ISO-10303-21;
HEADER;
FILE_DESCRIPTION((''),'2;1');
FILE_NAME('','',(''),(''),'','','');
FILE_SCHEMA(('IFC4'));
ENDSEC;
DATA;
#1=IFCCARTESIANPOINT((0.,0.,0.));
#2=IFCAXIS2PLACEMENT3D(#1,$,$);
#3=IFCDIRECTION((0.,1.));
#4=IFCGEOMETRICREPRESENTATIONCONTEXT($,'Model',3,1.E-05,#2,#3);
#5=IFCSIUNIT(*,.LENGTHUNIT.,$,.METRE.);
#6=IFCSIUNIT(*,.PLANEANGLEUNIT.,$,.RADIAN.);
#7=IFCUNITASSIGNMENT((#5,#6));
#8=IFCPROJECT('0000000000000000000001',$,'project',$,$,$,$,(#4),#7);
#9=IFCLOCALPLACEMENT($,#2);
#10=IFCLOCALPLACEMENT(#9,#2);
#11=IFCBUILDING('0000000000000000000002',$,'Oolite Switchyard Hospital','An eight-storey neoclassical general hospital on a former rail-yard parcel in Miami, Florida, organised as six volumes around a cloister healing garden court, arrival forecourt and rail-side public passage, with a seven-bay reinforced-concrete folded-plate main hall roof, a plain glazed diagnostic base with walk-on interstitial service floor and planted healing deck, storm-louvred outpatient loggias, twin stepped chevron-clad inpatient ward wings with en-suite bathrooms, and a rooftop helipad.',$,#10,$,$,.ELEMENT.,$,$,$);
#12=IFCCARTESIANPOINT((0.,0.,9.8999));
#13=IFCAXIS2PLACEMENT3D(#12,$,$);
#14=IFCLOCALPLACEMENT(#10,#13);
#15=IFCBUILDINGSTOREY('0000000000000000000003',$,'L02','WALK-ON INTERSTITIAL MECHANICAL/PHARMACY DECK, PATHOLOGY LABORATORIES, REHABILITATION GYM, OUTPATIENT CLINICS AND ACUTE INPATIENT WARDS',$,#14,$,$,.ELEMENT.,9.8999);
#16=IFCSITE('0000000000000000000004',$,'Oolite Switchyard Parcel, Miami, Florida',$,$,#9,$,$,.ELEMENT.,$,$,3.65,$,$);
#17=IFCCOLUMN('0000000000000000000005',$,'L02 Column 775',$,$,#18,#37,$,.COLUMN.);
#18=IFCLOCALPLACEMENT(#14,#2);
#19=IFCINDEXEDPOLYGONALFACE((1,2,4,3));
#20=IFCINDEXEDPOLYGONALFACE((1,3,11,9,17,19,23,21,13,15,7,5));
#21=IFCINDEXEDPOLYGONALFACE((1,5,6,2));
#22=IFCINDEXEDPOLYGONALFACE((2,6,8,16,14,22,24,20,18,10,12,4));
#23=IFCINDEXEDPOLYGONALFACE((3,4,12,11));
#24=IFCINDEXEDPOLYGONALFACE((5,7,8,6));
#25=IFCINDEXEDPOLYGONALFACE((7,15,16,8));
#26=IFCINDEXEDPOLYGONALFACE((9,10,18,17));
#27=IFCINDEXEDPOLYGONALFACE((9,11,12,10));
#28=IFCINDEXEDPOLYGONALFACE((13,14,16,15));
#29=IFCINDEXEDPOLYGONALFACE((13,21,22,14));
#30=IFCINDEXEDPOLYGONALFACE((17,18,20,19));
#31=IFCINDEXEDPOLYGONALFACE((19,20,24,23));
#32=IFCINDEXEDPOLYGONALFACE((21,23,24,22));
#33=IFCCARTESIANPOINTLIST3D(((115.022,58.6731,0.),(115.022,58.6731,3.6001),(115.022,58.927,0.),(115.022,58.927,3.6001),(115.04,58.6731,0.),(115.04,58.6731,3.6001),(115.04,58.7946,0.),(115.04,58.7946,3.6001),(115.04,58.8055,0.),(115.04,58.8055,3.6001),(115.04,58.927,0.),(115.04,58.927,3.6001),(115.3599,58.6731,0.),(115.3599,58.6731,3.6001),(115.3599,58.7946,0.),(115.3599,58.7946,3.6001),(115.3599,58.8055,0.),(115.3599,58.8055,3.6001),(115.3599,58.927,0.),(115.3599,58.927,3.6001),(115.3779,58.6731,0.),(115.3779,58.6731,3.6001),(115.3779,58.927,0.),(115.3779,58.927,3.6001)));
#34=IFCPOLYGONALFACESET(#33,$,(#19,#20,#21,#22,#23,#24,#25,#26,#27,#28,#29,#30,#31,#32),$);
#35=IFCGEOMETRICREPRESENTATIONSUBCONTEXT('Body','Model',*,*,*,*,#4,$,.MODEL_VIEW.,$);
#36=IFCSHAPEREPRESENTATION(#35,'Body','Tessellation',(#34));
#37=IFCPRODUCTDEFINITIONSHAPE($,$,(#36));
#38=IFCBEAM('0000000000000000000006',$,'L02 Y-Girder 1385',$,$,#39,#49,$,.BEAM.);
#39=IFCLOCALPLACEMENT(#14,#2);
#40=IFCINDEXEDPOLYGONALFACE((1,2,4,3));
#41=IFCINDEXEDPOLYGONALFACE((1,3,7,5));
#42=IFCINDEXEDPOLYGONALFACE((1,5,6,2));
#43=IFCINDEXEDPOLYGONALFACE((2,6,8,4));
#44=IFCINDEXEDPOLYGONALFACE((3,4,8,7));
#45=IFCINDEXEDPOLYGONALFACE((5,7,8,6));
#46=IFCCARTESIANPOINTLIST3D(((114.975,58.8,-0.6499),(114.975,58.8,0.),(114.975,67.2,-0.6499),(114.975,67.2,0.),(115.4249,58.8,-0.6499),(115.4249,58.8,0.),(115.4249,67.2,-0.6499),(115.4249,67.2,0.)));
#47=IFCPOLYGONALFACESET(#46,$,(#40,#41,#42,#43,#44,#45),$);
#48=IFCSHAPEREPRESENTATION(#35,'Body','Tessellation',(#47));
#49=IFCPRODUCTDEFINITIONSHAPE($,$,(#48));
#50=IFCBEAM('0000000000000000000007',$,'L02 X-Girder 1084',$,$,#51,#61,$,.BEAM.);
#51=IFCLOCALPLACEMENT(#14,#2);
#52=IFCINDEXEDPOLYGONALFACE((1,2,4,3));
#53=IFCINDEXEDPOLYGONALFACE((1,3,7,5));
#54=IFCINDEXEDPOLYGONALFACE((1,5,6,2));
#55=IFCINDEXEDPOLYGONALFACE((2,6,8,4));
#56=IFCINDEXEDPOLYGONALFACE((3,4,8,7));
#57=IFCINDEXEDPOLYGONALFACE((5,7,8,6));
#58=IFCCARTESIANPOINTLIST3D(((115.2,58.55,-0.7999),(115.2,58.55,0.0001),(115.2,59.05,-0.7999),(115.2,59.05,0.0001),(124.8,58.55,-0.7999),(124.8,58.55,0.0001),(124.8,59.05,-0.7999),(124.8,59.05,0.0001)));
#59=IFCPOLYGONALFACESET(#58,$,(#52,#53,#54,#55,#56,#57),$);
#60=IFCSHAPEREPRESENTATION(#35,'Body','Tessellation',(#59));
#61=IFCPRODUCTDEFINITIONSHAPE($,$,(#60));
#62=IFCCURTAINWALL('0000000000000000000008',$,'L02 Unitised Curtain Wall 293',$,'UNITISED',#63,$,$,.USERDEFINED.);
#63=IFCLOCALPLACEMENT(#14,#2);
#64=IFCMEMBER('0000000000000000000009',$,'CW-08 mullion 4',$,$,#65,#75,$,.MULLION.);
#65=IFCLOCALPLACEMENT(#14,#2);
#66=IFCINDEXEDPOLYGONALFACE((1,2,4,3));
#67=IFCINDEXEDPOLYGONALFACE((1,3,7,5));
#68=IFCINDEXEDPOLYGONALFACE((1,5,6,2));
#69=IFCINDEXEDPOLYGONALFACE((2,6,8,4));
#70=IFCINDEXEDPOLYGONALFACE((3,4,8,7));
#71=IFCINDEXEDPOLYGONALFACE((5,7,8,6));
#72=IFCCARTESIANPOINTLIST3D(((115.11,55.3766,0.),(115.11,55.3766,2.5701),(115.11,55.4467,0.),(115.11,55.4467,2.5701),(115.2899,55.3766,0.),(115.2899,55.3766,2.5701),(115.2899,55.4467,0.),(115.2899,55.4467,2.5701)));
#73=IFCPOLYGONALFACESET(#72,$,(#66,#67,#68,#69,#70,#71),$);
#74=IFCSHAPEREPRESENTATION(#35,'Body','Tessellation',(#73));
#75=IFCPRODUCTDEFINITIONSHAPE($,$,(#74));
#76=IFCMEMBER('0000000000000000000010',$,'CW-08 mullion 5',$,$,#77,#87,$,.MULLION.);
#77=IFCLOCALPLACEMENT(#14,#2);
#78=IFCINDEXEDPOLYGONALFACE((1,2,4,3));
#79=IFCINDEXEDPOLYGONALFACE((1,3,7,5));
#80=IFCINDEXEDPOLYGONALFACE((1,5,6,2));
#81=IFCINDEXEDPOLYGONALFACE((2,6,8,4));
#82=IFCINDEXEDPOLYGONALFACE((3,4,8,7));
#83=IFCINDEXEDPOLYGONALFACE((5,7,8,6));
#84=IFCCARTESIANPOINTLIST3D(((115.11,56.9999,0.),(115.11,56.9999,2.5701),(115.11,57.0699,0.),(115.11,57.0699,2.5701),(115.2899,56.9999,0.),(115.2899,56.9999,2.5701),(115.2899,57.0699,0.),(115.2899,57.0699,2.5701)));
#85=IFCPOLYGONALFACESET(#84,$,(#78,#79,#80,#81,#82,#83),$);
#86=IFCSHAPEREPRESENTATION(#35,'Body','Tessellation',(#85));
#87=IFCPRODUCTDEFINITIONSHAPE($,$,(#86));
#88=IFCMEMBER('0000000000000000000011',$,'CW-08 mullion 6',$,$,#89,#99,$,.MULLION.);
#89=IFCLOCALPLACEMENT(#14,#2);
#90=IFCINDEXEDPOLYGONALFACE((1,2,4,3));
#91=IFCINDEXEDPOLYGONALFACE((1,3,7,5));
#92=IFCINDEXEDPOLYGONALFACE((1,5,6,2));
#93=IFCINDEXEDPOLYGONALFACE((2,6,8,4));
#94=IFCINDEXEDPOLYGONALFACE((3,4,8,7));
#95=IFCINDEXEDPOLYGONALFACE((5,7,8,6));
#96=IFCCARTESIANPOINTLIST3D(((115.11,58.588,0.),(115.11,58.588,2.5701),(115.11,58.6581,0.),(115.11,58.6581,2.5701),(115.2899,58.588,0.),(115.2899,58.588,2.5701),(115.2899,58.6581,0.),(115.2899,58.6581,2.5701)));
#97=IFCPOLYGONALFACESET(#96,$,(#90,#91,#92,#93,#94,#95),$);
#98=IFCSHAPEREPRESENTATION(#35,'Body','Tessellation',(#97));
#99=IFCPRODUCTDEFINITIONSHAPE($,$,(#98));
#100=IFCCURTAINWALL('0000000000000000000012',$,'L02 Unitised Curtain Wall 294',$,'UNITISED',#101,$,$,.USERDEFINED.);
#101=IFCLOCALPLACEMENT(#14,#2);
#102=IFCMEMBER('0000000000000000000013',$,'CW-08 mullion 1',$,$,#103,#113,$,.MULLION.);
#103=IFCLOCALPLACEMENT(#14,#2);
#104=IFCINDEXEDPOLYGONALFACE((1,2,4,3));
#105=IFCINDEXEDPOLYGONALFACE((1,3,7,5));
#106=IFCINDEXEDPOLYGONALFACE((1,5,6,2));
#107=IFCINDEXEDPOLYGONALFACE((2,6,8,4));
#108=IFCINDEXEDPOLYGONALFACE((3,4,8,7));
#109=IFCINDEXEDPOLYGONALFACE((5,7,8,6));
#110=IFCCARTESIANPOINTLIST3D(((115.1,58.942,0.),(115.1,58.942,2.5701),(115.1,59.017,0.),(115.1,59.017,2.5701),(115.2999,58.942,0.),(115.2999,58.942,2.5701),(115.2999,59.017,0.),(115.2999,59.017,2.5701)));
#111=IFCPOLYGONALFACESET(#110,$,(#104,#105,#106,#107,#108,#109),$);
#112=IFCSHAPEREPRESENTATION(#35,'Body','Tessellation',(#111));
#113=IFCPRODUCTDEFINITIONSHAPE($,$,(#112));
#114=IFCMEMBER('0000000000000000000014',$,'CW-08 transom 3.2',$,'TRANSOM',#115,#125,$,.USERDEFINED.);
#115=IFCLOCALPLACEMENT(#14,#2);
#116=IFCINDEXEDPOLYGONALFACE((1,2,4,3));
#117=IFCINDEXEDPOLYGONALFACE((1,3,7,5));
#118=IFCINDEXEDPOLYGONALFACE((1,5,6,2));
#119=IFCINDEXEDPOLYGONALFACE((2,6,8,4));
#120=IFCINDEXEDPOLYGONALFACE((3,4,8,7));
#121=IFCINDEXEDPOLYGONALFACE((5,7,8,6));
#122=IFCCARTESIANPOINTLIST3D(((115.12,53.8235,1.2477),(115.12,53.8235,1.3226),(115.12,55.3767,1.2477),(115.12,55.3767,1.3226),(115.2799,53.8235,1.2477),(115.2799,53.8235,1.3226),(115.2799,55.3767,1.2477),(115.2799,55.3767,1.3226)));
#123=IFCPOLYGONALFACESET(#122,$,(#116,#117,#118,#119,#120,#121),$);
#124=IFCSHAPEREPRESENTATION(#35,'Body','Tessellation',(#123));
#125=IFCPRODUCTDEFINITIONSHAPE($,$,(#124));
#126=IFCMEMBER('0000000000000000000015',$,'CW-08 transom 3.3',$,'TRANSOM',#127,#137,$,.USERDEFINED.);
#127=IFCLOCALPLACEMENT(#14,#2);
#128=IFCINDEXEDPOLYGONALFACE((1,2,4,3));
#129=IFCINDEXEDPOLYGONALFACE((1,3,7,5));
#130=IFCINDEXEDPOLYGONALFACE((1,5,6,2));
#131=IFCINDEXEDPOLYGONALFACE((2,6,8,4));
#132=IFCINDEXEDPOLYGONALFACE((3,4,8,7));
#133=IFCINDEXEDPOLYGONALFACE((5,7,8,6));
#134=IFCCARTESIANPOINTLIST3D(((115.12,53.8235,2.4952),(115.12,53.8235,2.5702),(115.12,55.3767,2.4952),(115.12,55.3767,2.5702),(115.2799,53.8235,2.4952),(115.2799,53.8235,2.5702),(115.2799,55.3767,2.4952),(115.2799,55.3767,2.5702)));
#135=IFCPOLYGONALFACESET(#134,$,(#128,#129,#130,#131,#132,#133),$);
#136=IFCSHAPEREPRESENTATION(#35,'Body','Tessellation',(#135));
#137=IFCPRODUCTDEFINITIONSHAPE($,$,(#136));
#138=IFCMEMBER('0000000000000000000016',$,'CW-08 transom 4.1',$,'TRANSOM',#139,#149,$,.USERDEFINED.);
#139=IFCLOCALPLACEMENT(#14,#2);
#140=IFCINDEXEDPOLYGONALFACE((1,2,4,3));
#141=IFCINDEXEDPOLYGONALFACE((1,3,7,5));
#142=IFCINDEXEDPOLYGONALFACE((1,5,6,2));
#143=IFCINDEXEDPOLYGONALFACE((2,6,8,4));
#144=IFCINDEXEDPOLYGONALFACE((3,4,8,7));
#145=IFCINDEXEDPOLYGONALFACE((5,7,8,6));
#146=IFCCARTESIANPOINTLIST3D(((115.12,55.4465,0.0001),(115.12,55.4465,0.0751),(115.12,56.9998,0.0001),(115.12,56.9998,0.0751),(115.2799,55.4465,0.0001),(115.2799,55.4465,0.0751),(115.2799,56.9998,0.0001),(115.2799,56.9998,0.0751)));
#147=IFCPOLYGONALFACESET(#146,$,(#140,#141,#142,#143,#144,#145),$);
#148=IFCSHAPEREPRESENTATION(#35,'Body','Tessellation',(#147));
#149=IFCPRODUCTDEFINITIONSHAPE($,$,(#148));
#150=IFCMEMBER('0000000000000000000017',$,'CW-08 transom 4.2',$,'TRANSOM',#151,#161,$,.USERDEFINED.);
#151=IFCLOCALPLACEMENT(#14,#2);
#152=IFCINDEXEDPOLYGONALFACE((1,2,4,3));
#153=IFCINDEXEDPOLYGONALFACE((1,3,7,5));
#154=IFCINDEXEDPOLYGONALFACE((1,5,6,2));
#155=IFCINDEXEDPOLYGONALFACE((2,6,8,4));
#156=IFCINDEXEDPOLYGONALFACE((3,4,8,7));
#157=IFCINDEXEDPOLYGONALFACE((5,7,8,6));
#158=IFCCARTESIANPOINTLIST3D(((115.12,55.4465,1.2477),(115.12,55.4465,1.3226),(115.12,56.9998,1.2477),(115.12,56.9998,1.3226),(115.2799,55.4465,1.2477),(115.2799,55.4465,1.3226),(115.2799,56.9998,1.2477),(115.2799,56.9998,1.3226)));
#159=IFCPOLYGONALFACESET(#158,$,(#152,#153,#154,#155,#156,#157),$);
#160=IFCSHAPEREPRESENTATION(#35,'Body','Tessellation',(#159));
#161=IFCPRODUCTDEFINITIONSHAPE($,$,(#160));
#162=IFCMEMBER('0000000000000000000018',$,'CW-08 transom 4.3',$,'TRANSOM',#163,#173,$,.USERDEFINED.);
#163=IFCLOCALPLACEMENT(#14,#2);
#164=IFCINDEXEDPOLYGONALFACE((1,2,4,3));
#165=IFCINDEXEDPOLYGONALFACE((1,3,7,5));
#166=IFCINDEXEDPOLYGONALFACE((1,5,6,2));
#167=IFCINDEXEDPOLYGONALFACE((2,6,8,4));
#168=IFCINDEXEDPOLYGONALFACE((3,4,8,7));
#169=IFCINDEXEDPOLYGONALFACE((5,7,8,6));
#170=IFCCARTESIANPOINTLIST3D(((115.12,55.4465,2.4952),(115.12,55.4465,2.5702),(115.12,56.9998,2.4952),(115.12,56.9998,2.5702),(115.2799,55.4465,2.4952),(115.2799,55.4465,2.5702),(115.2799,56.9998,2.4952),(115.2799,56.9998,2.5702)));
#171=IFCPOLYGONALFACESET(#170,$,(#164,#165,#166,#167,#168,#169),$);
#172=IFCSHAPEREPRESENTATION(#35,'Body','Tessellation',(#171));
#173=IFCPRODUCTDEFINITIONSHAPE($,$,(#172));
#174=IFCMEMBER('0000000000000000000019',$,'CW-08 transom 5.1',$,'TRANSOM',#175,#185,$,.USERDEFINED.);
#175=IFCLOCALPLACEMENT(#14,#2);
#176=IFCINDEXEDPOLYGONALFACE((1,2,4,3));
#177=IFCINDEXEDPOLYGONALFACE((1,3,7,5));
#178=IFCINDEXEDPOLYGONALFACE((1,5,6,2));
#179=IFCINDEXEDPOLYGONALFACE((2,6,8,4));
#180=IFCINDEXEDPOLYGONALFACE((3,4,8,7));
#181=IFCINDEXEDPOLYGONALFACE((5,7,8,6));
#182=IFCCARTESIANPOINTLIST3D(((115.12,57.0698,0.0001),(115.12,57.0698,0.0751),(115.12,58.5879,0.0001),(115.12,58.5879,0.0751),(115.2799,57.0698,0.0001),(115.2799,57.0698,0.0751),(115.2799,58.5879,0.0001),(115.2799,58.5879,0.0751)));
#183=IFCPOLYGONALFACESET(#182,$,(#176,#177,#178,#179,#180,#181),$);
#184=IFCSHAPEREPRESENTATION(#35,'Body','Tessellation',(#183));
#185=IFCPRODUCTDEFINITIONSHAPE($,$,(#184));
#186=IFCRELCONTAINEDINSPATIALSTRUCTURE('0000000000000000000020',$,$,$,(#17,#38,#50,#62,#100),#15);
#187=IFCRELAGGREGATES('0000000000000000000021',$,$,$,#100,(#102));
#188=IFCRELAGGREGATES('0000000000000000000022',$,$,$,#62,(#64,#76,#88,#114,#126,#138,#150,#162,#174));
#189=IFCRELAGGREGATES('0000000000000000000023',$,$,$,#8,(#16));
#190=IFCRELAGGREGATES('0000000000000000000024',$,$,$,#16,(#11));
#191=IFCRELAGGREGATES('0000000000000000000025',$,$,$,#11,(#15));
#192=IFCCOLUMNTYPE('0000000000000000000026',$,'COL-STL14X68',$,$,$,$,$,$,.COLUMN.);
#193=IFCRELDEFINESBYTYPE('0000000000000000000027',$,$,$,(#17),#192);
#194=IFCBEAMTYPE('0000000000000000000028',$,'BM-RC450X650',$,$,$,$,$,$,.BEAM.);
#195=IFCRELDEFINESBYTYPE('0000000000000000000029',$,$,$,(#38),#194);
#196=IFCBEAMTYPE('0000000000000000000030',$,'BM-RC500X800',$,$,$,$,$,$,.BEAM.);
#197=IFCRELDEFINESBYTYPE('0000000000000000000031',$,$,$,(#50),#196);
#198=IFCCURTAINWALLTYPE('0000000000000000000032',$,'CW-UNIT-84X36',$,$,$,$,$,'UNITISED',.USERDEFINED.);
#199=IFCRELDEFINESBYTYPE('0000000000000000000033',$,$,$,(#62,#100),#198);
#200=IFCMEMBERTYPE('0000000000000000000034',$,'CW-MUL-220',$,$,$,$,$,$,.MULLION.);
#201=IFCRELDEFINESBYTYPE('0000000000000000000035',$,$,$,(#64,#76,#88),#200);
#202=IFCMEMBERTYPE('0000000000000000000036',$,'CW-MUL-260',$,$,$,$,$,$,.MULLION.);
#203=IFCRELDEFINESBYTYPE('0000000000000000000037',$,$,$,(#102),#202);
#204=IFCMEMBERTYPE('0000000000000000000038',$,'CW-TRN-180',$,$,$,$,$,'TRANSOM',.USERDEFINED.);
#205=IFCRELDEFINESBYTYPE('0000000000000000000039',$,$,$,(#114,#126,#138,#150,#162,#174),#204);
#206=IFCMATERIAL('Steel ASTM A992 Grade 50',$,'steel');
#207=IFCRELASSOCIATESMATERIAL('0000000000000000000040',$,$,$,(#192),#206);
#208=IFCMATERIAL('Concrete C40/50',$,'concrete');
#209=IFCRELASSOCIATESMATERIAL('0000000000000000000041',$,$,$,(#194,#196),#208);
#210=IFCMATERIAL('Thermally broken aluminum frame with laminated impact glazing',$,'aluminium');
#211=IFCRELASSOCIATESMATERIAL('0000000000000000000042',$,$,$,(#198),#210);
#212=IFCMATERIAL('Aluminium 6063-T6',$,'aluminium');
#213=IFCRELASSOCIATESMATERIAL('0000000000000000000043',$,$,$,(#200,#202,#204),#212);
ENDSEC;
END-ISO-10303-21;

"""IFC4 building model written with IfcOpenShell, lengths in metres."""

from ifc_helpers import new_model, si_unit, direction, frame, origin, origin_2d, place, context, subcontext, project, spatial, rectangle, i_section, extrude, material, material_profile, profile_set, type_object, element, aggregate, save


model = new_model("IFC4")

# Units and contexts
model_context = context("Model", 3, precision=1e-05, world=origin(), true_north=direction((0.0, 1.0)))
body_context = subcontext(model_context, "Body", "Model", "MODEL_VIEW")
ifc_project = project(units=[si_unit("LENGTHUNIT", "METRE"), si_unit("PLANEANGLEUNIT", "RADIAN")], contexts=[model_context])

# Site, building, storey
site_placement = place(None, origin())
site = spatial("IfcSite", under=ifc_project, at=site_placement, Name="Oolite Switchyard Parcel, Miami, Florida", CompositionType="ELEMENT", RefElevation=3.65)
building_placement = place(site_placement, origin())
building = spatial("IfcBuilding", under=site, at=building_placement, Name="Oolite Switchyard Hospital", Description="An eight-storey neoclassical general hospital on a former rail-yard parcel in Miami, Florida, organised as six volumes around a cloister healing garden court, arrival forecourt and rail-side public passage, with a seven-bay reinforced-concrete folded-plate main hall roof, a plain glazed diagnostic base with walk-on interstitial service floor and planted healing deck, storm-louvred outpatient loggias, twin stepped chevron-clad inpatient ward wings with en-suite bathrooms, and a rooftop helipad.", CompositionType="ELEMENT")
storey_placement = place(building_placement, frame((0.0, 0.0, 9.8999)))
storey = spatial("IfcBuildingStorey", under=building, at=storey_placement, Name="L02", Description="WALK-ON INTERSTITIAL MECHANICAL/PHARMACY DECK, PATHOLOGY LABORATORIES, REHABILITATION GYM, OUTPATIENT CLINICS AND ACUTE INPATIENT WARDS", CompositionType="ELEMENT", Elevation=9.8999)

# Column
ifc_material_1 = material(Name="Steel ASTM A992 Grade 50", Category="steel")
ifc_material_profile_1 = material_profile(ifc_material_1, i_section(OverallWidth=0.2539, OverallDepth=0.356, WebThickness=0.011, FlangeThickness=0.0181, at=origin_2d()), Name="W14X68")
ifc_profile_set_1 = profile_set([ifc_material_profile_1], Name="Steel ASTM A992 Grade 50")
column_type = type_object("IfcColumnType", Name="COL-STL14X68", PredefinedType="COLUMN", material=ifc_profile_set_1)
column_placement = place(storey_placement, frame((115.2, 58.8, 0.0), z_axis=(0.0, 0.0, 1.0), x_axis=(0.0, -1.0, 0.0)))
element("IfcColumn", 1, at=column_placement, inside=storey, type_object=column_type, Name="L02 Column 775", PredefinedType="COLUMN", context=body_context, shape_type="SweptSolid", body=[
    extrude(i_section(OverallWidth=0.2539, OverallDepth=0.356, WebThickness=0.011, FlangeThickness=0.0181, at=origin_2d()), origin(), (0.0, 0.0, 1.0), 3.6001),
])

# Beams
ifc_material_2 = material(Name="Concrete C40/50", Category="concrete")
ifc_material_profile_2 = material_profile(ifc_material_2, rectangle(XDim=0.45, YDim=0.6499, at=origin_2d()), Name="RCB450X650")
ifc_profile_set_2 = profile_set([ifc_material_profile_2], Name="Concrete C40/50")
beam_type_1 = type_object("IfcBeamType", Name="BM-RC450X650", PredefinedType="BEAM", material=ifc_profile_set_2)
beam_1_placement = place(storey_placement, frame((115.2, 58.8, -0.325), z_axis=(0.0, 1.0, 0.0), x_axis=(-1.0, 0.0, 0.0)))
element("IfcBeam", 2, at=beam_1_placement, inside=storey, type_object=beam_type_1, Name="L02 Y-Girder 1385", PredefinedType="BEAM", context=body_context, shape_type="SweptSolid", body=[
    extrude(rectangle(XDim=0.45, YDim=0.6499, at=origin_2d()), origin(), (0.0, 0.0, 1.0), 8.3999),
])
ifc_material_profile_3 = material_profile(ifc_material_2, rectangle(XDim=0.5, YDim=0.8, at=origin_2d()), Name="RCB500X800")
ifc_profile_set_3 = profile_set([ifc_material_profile_3], Name="Concrete C40/50")
beam_type_2 = type_object("IfcBeamType", Name="BM-RC500X800", PredefinedType="BEAM", material=ifc_profile_set_3)
beam_2_placement = place(storey_placement, frame((115.2, 58.8, -0.3999), z_axis=(1.0, 0.0, 0.0), x_axis=(0.0, 1.0, 0.0)))
element("IfcBeam", 3, at=beam_2_placement, inside=storey, type_object=beam_type_2, Name="L02 X-Girder 1084", PredefinedType="BEAM", context=body_context, shape_type="SweptSolid", body=[
    extrude(rectangle(XDim=0.5, YDim=0.8, at=origin_2d()), origin(), (0.0, 0.0, 1.0), 9.6001),
])

# Curtain wall, members
ifc_material_3 = material(Name="Thermally broken aluminum frame with laminated impact glazing", Category="aluminium")
curtain_wall_type = type_object("IfcCurtainWallType", Name="CW-UNIT-84X36", ElementType="UNITISED", PredefinedType="USERDEFINED", material=ifc_material_3)
curtain_wall_1_placement = place(storey_placement, origin())
curtain_wall_1 = element("IfcCurtainWall", 4, at=curtain_wall_1_placement, inside=storey, type_object=curtain_wall_type, Name="L02 Unitised Curtain Wall 293", ObjectType="UNITISED", PredefinedType="USERDEFINED")
ifc_material_4 = material(Name="Aluminium 6063-T6", Category="aluminium")
ifc_material_profile_4 = material_profile(ifc_material_4, rectangle(XDim=0.1799, YDim=0.0701, at=origin_2d()), Name="CWM70X180")
ifc_profile_set_4 = profile_set([ifc_material_profile_4], Name="Aluminium 6063-T6")
member_type_1 = type_object("IfcMemberType", Name="CW-MUL-220", PredefinedType="MULLION", material=ifc_profile_set_4)
member_1_placement = place(storey_placement, frame((115.2, 55.4116, 0.0), z_axis=(0.0, 0.0, 1.0), x_axis=(-1.0, 0.0, 0.0)))
member_1 = element("IfcMember", 5, at=member_1_placement, type_object=member_type_1, Name="CW-08 mullion 4", PredefinedType="MULLION", context=body_context, shape_type="SweptSolid", body=[
    extrude(rectangle(XDim=0.1799, YDim=0.0701, at=origin_2d()), origin(), (0.0, 0.0, 1.0), 2.5701),
])
member_2_placement = place(storey_placement, frame((115.2, 57.0349, 0.0), z_axis=(0.0, 0.0, 1.0), x_axis=(-1.0, 0.0, 0.0)))
member_2 = element("IfcMember", 6, at=member_2_placement, type_object=member_type_1, Name="CW-08 mullion 5", PredefinedType="MULLION", context=body_context, shape_type="SweptSolid", body=[
    extrude(rectangle(XDim=0.1799, YDim=0.0701, at=origin_2d()), origin(), (0.0, 0.0, 1.0), 2.5701),
])
member_3_placement = place(storey_placement, frame((115.2, 58.623, 0.0), z_axis=(0.0, 0.0, 1.0), x_axis=(-1.0, 0.0, 0.0)))
member_3 = element("IfcMember", 7, at=member_3_placement, type_object=member_type_1, Name="CW-08 mullion 6", PredefinedType="MULLION", context=body_context, shape_type="SweptSolid", body=[
    extrude(rectangle(XDim=0.1799, YDim=0.0701, at=origin_2d()), origin(), (0.0, 0.0, 1.0), 2.5701),
])

# Curtain wall, member
curtain_wall_2_placement = place(storey_placement, origin())
curtain_wall_2 = element("IfcCurtainWall", 8, at=curtain_wall_2_placement, inside=storey, type_object=curtain_wall_type, Name="L02 Unitised Curtain Wall 294", ObjectType="UNITISED", PredefinedType="USERDEFINED")
ifc_material_profile_5 = material_profile(ifc_material_4, rectangle(XDim=0.2, YDim=0.075, at=origin_2d()), Name="CWM75X200")
ifc_profile_set_5 = profile_set([ifc_material_profile_5], Name="Aluminium 6063-T6")
member_type_2 = type_object("IfcMemberType", Name="CW-MUL-260", PredefinedType="MULLION", material=ifc_profile_set_5)
member_4_placement = place(storey_placement, frame((115.2, 58.9795, 0.0), z_axis=(0.0, 0.0, 1.0), x_axis=(-1.0, 0.0, 0.0)))
member_4 = element("IfcMember", 9, at=member_4_placement, type_object=member_type_2, Name="CW-08 mullion 1", PredefinedType="MULLION", context=body_context, shape_type="SweptSolid", body=[
    extrude(rectangle(XDim=0.2, YDim=0.075, at=origin_2d()), origin(), (0.0, 0.0, 1.0), 2.5701),
])
aggregate(curtain_wall_2, [member_4])

# Members
ifc_material_profile_6 = material_profile(ifc_material_4, rectangle(XDim=0.1599, YDim=0.075, at=origin_2d()), Name="CWT75X160")
ifc_profile_set_6 = profile_set([ifc_material_profile_6], Name="Aluminium 6063-T6")
member_type_3 = type_object("IfcMemberType", Name="CW-TRN-180", ElementType="TRANSOM", PredefinedType="USERDEFINED", material=ifc_profile_set_6)
member_5_placement = place(storey_placement, frame((115.2, 53.8235, 1.2852), z_axis=(0.0, 1.0, 0.0), x_axis=(-1.0, 0.0, 0.0)))
member_5 = element("IfcMember", 10, at=member_5_placement, type_object=member_type_3, Name="CW-08 transom 3.2", ObjectType="TRANSOM", PredefinedType="USERDEFINED", context=body_context, shape_type="SweptSolid", body=[
    extrude(rectangle(XDim=0.1599, YDim=0.075, at=origin_2d()), origin(), (0.0, 0.0, 1.0), 1.5532),
])
member_6_placement = place(storey_placement, frame((115.2, 53.8235, 2.5327), z_axis=(0.0, 1.0, 0.0), x_axis=(-1.0, 0.0, 0.0)))
member_6 = element("IfcMember", 11, at=member_6_placement, type_object=member_type_3, Name="CW-08 transom 3.3", ObjectType="TRANSOM", PredefinedType="USERDEFINED", context=body_context, shape_type="SweptSolid", body=[
    extrude(rectangle(XDim=0.1599, YDim=0.075, at=origin_2d()), origin(), (0.0, 0.0, 1.0), 1.5532),
])
member_7_placement = place(storey_placement, frame((115.2, 55.4465, 0.0376), z_axis=(0.0, 1.0, 0.0), x_axis=(-1.0, 0.0, 0.0)))
member_7 = element("IfcMember", 12, at=member_7_placement, type_object=member_type_3, Name="CW-08 transom 4.1", ObjectType="TRANSOM", PredefinedType="USERDEFINED", context=body_context, shape_type="SweptSolid", body=[
    extrude(rectangle(XDim=0.1599, YDim=0.075, at=origin_2d()), origin(), (0.0, 0.0, 1.0), 1.5532),
])
member_8_placement = place(storey_placement, frame((115.2, 55.4465, 1.2852), z_axis=(0.0, 1.0, 0.0), x_axis=(-1.0, 0.0, 0.0)))
member_8 = element("IfcMember", 13, at=member_8_placement, type_object=member_type_3, Name="CW-08 transom 4.2", ObjectType="TRANSOM", PredefinedType="USERDEFINED", context=body_context, shape_type="SweptSolid", body=[
    extrude(rectangle(XDim=0.1599, YDim=0.075, at=origin_2d()), origin(), (0.0, 0.0, 1.0), 1.5532),
])
member_9_placement = place(storey_placement, frame((115.2, 55.4465, 2.5327), z_axis=(0.0, 1.0, 0.0), x_axis=(-1.0, 0.0, 0.0)))
member_9 = element("IfcMember", 14, at=member_9_placement, type_object=member_type_3, Name="CW-08 transom 4.3", ObjectType="TRANSOM", PredefinedType="USERDEFINED", context=body_context, shape_type="SweptSolid", body=[
    extrude(rectangle(XDim=0.1599, YDim=0.075, at=origin_2d()), origin(), (0.0, 0.0, 1.0), 1.5532),
])
member_10_placement = place(storey_placement, frame((115.2, 57.0698, 0.0376), z_axis=(0.0, 1.0, 0.0), x_axis=(-1.0, 0.0, 0.0)))
member_10 = element("IfcMember", 15, at=member_10_placement, type_object=member_type_3, Name="CW-08 transom 5.1", ObjectType="TRANSOM", PredefinedType="USERDEFINED", context=body_context, shape_type="SweptSolid", body=[
    extrude(rectangle(XDim=0.1599, YDim=0.075, at=origin_2d()), origin(), (0.0, 0.0, 1.0), 1.5181),
])

aggregate(curtain_wall_1, [member_1, member_2, member_3, member_5, member_6, member_7, member_8, member_9, member_10])

save(model, "model.ifc")
